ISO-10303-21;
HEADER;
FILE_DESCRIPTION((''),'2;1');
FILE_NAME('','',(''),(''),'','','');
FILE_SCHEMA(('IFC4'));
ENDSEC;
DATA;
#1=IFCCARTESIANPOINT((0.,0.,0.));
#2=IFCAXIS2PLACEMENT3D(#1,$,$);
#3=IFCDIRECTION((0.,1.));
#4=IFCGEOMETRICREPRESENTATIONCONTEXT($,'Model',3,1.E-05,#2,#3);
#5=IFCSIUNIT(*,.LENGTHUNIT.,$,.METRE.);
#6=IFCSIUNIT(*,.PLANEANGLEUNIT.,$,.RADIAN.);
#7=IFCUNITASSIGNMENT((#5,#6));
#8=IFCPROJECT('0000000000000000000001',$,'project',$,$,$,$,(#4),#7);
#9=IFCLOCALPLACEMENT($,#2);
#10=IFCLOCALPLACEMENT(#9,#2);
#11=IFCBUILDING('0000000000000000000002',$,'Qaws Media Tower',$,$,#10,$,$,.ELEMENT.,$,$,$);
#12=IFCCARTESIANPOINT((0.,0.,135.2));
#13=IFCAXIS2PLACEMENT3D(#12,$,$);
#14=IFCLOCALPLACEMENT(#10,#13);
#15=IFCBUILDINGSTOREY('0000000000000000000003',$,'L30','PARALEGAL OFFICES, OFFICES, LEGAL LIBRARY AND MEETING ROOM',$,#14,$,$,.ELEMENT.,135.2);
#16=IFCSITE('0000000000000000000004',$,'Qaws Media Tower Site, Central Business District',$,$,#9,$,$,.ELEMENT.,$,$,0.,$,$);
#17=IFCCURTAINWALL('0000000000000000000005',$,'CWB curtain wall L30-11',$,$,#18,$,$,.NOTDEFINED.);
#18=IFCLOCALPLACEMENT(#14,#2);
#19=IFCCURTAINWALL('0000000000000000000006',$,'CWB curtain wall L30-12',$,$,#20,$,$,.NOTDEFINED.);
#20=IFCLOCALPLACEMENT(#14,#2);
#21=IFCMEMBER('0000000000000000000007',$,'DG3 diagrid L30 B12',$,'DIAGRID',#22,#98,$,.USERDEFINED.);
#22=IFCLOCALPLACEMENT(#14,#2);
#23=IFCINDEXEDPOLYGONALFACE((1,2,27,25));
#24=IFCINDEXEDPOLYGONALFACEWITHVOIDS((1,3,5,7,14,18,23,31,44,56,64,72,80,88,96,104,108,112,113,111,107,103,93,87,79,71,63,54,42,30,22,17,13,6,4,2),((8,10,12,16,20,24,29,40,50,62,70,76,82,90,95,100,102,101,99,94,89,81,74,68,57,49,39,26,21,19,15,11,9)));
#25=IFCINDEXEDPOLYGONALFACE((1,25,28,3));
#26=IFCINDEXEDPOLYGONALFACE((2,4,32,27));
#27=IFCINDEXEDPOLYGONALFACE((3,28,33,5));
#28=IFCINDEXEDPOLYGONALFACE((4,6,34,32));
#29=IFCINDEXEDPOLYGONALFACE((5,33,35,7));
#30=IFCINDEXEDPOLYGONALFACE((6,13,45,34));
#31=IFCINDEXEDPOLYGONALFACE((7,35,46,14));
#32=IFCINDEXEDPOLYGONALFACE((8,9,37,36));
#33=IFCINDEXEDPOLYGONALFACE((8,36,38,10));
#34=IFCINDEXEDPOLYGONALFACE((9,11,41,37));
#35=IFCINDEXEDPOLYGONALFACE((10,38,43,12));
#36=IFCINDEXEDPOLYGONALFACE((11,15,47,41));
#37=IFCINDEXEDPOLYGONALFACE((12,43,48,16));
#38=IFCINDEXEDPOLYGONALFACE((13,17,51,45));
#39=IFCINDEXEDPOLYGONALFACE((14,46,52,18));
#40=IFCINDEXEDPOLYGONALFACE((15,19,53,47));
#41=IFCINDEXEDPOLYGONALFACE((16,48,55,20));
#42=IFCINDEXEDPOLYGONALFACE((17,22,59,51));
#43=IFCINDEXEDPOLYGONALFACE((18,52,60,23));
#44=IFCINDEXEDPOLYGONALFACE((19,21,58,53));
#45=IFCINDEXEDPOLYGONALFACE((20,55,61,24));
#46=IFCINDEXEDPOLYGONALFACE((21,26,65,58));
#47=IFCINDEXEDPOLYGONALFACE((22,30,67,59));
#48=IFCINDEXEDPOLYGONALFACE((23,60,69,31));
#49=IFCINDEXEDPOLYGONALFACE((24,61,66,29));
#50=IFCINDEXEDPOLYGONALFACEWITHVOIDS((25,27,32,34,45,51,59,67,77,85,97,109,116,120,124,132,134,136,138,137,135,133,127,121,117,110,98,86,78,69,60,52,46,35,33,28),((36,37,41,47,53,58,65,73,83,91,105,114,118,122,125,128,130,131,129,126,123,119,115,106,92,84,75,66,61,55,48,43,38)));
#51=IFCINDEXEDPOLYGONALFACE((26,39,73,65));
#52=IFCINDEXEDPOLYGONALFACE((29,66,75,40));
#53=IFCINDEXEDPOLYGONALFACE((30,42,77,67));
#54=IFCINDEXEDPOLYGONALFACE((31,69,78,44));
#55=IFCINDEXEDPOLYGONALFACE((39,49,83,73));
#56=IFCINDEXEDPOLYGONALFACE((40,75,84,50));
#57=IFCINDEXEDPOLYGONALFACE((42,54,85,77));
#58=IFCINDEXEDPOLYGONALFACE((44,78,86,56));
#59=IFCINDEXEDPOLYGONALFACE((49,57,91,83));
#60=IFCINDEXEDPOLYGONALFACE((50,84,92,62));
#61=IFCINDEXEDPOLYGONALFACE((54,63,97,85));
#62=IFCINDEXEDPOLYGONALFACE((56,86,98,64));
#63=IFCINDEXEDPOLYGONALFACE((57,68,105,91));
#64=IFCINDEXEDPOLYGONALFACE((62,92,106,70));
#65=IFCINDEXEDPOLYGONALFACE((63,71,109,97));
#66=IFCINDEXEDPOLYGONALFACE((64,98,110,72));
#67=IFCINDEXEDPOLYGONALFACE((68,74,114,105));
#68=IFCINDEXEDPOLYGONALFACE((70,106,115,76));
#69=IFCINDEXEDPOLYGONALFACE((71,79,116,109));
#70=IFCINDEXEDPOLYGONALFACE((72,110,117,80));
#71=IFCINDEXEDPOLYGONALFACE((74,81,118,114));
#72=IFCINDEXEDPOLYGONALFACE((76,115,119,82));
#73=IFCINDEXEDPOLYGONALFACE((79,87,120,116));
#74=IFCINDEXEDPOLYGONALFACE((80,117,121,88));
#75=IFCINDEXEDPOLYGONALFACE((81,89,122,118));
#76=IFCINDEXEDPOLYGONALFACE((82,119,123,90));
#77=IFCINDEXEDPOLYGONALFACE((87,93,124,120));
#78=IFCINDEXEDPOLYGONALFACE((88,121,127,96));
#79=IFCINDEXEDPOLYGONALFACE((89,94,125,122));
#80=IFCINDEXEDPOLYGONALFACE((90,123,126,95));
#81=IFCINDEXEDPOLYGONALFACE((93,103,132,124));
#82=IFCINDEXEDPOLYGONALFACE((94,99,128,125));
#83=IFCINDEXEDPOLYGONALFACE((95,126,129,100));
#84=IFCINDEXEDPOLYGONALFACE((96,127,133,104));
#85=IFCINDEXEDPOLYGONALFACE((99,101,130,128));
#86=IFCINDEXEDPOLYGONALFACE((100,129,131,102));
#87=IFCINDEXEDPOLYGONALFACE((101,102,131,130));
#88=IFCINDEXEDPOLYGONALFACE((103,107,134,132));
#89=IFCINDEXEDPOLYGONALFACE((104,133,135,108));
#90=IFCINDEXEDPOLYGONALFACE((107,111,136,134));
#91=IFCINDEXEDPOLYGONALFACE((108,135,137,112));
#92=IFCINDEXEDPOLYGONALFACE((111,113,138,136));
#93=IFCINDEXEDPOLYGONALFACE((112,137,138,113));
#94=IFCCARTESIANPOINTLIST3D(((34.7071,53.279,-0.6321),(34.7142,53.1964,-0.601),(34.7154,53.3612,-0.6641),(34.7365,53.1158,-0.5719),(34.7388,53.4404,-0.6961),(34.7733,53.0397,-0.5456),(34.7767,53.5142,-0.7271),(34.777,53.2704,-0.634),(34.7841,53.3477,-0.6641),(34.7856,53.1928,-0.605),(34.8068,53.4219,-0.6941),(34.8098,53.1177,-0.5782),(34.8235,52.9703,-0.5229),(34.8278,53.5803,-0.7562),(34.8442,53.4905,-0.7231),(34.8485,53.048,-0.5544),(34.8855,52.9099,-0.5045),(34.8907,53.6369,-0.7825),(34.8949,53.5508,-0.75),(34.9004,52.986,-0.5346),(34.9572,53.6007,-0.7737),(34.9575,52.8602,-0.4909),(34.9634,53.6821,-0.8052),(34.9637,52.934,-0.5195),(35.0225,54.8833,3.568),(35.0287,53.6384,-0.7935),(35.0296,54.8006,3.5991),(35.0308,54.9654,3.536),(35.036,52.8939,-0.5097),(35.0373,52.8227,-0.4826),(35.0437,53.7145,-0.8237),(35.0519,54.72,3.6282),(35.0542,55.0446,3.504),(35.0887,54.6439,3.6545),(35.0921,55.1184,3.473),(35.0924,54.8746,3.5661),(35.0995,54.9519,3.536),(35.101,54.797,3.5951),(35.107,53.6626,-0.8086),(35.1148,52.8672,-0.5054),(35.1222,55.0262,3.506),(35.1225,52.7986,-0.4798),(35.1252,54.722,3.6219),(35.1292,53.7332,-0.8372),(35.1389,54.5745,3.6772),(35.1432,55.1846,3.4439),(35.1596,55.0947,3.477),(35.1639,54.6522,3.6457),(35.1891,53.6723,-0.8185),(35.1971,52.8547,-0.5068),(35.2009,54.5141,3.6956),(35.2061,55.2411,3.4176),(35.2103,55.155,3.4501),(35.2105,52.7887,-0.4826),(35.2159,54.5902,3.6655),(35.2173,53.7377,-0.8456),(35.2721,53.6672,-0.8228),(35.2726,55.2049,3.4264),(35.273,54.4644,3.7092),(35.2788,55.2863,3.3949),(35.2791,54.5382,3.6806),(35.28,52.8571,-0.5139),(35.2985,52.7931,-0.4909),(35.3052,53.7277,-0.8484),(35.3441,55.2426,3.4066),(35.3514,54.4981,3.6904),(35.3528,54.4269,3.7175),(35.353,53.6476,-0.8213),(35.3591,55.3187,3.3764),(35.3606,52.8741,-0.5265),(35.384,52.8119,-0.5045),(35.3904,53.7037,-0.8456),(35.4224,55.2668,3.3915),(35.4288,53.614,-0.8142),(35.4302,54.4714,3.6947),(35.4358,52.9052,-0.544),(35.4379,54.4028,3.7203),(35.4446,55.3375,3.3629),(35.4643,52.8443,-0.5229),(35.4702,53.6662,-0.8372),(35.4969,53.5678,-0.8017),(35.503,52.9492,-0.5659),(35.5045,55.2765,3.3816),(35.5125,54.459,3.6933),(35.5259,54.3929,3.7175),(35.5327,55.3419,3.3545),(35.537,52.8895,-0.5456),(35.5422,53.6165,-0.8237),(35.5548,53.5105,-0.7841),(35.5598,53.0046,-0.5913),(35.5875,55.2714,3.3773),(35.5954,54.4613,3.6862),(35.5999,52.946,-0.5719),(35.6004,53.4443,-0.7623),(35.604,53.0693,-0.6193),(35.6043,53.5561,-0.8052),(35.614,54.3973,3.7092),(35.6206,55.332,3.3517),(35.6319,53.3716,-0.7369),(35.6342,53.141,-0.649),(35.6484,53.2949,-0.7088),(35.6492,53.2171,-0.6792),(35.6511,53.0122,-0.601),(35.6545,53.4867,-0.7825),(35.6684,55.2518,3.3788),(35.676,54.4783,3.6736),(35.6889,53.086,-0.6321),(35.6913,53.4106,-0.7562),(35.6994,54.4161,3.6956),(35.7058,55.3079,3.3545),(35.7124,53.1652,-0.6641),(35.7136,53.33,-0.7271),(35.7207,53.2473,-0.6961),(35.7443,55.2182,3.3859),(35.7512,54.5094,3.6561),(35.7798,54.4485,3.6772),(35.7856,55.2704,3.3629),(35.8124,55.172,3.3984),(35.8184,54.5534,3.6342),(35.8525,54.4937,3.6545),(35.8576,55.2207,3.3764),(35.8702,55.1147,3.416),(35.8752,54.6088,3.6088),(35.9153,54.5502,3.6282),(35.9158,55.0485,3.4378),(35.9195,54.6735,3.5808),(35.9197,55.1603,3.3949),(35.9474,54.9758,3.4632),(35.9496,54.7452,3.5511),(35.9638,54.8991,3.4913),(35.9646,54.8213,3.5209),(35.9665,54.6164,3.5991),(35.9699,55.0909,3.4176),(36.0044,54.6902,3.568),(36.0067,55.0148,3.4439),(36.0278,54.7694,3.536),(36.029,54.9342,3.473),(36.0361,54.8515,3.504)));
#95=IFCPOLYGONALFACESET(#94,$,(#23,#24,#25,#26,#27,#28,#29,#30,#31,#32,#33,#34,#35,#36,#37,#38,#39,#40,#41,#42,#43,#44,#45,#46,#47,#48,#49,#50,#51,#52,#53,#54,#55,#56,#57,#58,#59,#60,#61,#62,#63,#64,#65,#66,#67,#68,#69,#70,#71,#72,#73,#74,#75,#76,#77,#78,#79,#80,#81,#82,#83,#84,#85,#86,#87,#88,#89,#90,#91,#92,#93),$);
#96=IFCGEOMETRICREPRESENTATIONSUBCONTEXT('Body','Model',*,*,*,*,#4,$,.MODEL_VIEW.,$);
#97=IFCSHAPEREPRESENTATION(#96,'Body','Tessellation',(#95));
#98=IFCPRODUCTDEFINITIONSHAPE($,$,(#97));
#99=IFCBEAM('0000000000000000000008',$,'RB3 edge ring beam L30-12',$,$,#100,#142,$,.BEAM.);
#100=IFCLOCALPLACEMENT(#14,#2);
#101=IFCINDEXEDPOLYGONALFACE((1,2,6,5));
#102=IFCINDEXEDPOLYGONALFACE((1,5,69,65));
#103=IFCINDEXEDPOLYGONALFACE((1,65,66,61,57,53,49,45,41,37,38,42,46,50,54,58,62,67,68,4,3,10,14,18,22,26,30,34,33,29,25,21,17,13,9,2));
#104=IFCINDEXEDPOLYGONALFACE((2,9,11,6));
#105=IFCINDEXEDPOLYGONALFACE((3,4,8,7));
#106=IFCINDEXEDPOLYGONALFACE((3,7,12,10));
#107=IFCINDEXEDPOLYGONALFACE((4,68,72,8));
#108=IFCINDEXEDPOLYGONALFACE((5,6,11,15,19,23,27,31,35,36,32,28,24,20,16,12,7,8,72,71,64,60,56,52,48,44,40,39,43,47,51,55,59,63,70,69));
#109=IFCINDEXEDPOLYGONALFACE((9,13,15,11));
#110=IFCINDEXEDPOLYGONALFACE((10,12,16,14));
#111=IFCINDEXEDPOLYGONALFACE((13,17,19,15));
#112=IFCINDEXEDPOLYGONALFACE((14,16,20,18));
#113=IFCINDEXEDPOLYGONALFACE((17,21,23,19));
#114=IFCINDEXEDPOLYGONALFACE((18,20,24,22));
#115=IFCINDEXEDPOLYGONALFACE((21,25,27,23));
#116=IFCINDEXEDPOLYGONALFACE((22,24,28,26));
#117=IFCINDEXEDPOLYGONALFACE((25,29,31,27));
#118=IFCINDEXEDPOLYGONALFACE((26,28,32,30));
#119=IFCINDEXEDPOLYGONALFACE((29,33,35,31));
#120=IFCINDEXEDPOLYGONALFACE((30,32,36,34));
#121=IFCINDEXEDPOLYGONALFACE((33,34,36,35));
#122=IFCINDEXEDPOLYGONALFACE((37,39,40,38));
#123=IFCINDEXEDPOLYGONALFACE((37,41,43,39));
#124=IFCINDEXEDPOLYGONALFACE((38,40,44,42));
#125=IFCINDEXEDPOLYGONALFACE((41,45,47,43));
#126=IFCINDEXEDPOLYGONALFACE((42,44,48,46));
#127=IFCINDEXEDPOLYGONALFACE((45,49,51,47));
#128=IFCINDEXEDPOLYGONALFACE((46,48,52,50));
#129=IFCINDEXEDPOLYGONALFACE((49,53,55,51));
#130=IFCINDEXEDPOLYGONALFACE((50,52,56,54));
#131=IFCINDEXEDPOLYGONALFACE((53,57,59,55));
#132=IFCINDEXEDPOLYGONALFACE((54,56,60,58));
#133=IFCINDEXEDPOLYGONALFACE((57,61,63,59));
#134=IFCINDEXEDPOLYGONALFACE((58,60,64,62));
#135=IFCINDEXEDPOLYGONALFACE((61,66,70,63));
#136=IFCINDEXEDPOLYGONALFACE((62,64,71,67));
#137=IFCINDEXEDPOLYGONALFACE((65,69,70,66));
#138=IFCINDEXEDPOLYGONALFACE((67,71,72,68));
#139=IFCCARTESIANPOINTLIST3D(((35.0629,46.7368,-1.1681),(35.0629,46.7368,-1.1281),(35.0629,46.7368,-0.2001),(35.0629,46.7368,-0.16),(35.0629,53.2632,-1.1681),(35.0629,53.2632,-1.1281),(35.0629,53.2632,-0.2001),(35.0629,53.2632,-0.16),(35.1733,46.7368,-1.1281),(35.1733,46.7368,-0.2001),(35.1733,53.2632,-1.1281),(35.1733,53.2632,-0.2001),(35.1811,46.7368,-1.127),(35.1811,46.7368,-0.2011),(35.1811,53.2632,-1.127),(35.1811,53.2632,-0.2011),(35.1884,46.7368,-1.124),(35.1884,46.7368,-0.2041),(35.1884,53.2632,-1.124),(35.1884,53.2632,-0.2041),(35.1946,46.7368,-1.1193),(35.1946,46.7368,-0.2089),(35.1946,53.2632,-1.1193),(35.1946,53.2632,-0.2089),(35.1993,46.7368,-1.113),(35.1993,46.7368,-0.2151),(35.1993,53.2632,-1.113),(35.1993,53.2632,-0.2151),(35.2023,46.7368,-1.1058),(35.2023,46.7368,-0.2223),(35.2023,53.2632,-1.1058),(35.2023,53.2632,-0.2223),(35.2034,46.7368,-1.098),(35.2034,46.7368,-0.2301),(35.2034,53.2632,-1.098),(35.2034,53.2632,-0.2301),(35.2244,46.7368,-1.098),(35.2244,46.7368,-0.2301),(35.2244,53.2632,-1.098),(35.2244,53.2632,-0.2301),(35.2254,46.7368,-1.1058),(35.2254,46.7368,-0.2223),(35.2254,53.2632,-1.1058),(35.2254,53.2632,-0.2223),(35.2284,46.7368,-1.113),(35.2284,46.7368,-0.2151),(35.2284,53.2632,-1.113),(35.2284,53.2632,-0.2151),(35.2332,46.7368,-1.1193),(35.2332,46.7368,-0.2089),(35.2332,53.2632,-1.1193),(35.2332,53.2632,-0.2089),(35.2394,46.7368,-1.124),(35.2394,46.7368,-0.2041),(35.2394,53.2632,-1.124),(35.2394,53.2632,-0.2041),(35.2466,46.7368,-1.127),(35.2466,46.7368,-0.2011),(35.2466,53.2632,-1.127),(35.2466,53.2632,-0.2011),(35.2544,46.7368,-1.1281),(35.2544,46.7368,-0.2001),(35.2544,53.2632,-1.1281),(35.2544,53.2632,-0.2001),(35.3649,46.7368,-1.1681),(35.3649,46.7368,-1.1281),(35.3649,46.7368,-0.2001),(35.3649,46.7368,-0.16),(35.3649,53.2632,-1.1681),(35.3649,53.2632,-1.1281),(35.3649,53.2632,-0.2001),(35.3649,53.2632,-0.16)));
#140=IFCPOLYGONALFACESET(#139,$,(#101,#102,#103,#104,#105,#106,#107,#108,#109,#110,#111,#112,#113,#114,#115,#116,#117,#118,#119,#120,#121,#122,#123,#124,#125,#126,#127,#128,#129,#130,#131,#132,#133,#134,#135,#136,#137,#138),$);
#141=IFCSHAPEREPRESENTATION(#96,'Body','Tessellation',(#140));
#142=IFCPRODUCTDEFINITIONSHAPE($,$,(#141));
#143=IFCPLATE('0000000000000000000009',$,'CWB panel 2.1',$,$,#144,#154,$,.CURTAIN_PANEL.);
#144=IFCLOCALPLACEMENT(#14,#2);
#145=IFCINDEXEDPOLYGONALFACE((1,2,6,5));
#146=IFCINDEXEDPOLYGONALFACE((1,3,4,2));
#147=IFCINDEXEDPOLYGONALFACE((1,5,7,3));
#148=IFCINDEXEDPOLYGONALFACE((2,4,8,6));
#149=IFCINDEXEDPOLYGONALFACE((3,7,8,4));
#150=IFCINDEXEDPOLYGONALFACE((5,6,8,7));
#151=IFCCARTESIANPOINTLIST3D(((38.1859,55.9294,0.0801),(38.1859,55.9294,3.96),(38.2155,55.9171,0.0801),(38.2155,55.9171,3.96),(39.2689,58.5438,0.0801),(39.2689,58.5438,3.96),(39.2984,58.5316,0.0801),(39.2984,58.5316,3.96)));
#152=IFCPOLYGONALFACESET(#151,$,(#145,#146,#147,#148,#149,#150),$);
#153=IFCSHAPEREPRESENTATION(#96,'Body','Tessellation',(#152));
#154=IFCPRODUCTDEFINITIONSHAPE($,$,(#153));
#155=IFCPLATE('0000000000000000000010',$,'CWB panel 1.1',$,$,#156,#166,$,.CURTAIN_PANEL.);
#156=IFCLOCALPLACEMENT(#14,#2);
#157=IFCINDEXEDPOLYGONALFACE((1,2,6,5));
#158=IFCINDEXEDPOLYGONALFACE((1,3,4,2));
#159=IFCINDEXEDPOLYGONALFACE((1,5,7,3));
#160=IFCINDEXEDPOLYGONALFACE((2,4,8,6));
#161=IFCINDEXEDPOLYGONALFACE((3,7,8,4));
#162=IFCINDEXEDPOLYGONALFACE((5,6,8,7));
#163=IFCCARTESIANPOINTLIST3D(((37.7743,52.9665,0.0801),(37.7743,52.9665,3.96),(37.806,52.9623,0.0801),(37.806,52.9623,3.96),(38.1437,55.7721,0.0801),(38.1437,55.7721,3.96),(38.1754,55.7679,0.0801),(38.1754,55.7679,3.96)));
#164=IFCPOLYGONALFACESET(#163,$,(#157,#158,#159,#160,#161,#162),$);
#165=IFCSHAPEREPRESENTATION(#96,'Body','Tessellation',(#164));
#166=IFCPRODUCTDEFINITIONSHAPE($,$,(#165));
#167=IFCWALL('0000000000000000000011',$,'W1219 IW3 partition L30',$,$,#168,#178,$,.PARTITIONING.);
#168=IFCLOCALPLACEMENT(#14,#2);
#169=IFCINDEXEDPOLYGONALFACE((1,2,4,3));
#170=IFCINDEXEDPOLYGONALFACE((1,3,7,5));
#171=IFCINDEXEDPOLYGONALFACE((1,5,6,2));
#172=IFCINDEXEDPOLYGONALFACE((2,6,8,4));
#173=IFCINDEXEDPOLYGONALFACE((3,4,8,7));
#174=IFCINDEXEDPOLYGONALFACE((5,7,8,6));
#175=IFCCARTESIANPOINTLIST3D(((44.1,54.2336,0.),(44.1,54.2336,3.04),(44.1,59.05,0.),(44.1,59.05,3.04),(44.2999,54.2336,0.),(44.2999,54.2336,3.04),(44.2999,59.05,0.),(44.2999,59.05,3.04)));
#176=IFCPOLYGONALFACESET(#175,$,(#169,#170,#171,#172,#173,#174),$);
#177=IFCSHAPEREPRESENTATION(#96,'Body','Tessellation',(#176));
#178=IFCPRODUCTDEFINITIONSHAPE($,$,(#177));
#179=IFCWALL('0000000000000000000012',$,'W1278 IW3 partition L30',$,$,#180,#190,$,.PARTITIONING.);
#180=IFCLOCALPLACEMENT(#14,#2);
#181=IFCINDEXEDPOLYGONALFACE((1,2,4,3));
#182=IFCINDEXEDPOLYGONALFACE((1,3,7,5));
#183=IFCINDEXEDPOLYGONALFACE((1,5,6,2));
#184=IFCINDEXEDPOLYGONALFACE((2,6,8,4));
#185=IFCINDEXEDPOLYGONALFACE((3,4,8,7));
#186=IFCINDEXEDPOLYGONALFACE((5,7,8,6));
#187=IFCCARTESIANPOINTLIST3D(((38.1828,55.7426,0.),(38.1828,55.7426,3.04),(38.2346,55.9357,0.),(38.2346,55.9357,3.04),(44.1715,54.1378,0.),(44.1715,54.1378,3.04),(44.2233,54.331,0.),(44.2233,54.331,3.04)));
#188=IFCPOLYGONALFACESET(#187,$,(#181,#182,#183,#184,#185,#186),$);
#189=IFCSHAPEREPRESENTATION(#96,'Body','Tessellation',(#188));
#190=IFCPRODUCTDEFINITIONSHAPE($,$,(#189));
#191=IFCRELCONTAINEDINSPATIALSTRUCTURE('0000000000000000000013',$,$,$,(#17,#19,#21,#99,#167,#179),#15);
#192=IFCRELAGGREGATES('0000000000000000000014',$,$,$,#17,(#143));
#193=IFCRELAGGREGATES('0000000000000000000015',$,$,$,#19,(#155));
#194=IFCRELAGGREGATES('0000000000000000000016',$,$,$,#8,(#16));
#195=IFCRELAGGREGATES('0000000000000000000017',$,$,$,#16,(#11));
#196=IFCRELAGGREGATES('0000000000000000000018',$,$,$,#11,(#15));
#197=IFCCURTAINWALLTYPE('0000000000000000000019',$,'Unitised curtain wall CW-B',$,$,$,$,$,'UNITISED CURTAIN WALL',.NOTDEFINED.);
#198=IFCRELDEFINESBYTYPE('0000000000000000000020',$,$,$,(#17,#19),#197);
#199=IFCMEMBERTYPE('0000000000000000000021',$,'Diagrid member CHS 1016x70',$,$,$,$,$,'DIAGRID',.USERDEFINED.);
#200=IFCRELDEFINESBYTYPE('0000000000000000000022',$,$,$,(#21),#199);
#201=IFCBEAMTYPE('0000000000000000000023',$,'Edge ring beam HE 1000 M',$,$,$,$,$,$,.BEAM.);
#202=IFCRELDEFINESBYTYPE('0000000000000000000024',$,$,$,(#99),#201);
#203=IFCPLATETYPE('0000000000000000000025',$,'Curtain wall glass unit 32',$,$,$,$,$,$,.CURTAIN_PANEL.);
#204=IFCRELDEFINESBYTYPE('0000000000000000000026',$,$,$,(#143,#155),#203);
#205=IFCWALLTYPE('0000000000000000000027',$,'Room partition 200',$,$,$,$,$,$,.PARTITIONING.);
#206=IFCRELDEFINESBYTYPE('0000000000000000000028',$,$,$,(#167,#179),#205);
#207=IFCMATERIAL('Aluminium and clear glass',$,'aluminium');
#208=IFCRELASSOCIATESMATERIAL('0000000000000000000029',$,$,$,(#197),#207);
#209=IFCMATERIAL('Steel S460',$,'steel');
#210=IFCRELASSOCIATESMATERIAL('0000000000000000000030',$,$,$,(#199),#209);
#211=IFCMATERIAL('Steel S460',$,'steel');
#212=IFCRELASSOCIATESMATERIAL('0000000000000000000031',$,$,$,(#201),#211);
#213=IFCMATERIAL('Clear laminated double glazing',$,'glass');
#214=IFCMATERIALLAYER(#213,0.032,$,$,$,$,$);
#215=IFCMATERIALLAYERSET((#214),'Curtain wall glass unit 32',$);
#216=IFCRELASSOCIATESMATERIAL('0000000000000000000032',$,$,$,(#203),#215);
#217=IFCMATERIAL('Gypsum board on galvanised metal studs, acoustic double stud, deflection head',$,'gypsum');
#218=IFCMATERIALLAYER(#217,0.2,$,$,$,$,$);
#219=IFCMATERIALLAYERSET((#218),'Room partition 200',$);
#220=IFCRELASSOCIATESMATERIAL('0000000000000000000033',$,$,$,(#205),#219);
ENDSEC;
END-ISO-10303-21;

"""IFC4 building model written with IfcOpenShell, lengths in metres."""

from ifc_helpers import new_model, si_unit, direction, frame, frame_2d, origin, origin_2d, place, context, subcontext, project, spatial, rectangle, hollow_circle, i_section, extrude, material, layer, layer_set, material_profile, profile_set, type_object, element, aggregate, save


model = new_model("IFC4")

# Units and contexts
model_context = context("Model", 3, precision=1e-05, world=origin(), true_north=direction((0.0, 1.0)))
body_context = subcontext(model_context, "Body", "Model", "MODEL_VIEW")
ifc_project = project(units=[si_unit("LENGTHUNIT", "METRE"), si_unit("PLANEANGLEUNIT", "RADIAN")], contexts=[model_context])

# Site, building, storey
site_placement = place(None, origin())
site = spatial("IfcSite", under=ifc_project, at=site_placement, Name="Qaws Media Tower Site, Central Business District", CompositionType="ELEMENT", RefElevation=0.0)
building_placement = place(site_placement, origin())
building = spatial("IfcBuilding", under=site, at=building_placement, Name="Qaws Media Tower", CompositionType="ELEMENT")
storey_placement = place(building_placement, frame((0.0, 0.0, 135.2)))
storey = spatial("IfcBuildingStorey", under=building, at=storey_placement, Name="L30", Description="PARALEGAL OFFICES, OFFICES, LEGAL LIBRARY AND MEETING ROOM", CompositionType="ELEMENT", Elevation=135.2)

# Curtain wall
ifc_material_1 = material(Name="Aluminium and clear glass", Category="aluminium")
curtain_wall_type = type_object("IfcCurtainWallType", Name="Unitised curtain wall CW-B", ElementType="UNITISED CURTAIN WALL", PredefinedType="NOTDEFINED", material=ifc_material_1)
curtain_wall_1_placement = place(storey_placement, origin())
curtain_wall_1 = element("IfcCurtainWall", 1, at=curtain_wall_1_placement, inside=storey, type_object=curtain_wall_type, Name="CWB curtain wall L30-11", PredefinedType="NOTDEFINED")

# Curtain wall
curtain_wall_2_placement = place(storey_placement, origin())
curtain_wall_2 = element("IfcCurtainWall", 2, at=curtain_wall_2_placement, inside=storey, type_object=curtain_wall_type, Name="CWB curtain wall L30-12", PredefinedType="NOTDEFINED")

# Member
ifc_material_2 = material(Name="Steel S460", Category="steel")
ifc_material_profile_1 = material_profile(ifc_material_2, hollow_circle(Radius=0.5081, WallThickness=0.0701, at=origin_2d()), Name="CHS 1016x70")
ifc_profile_set_1 = profile_set([ifc_material_profile_1], Name="Steel S460")
member_type_1 = type_object("IfcMemberType", Name="Diagrid member CHS 1016x70", ElementType="DIAGRID", PredefinedType="USERDEFINED", material=ifc_profile_set_1)
member_1_placement = place(storey_placement, frame((35.2139, 53.2632, -0.6641), z_axis=(0.069984, 0.355931, 0.931888), x_axis=(-0.981213, 0.192928, 0.0)))
element("IfcMember", 3, at=member_1_placement, inside=storey, type_object=member_type_1, Name="DG3 diagrid L30 B12", ObjectType="DIAGRID", PredefinedType="USERDEFINED", context=body_context, shape_type="SweptSolid", body=[
    extrude(hollow_circle(Radius=0.5081, WallThickness=0.0701, at=origin_2d()), origin(), (0.0, 0.0, 1.0), 4.5071),
])

# Beam
ifc_material_3 = material(Name="Steel S460", Category="steel")
ifc_material_profile_2 = material_profile(ifc_material_3, i_section(OverallWidth=0.302, OverallDepth=1.0081, WebThickness=0.021, FlangeThickness=0.04, FilletRadius=0.03, at=origin_2d()), Name="HE 1000 M")
ifc_profile_set_2 = profile_set([ifc_material_profile_2], Name="Steel S460")
beam_type = type_object("IfcBeamType", Name="Edge ring beam HE 1000 M", PredefinedType="BEAM", material=ifc_profile_set_2)
beam_placement = place(storey_placement, frame((35.2139, 53.2632, -0.6641), z_axis=(0.0, -1.0, 0.0), x_axis=(1.0, 0.0, 0.0)))
element("IfcBeam", 4, at=beam_placement, inside=storey, type_object=beam_type, Name="RB3 edge ring beam L30-12", PredefinedType="BEAM", context=body_context, shape_type="SweptSolid", body=[
    extrude(i_section(OverallWidth=0.302, OverallDepth=1.0081, WebThickness=0.021, FlangeThickness=0.04, FilletRadius=0.03, at=origin_2d()), origin(), (0.0, 0.0, 1.0), 6.5264),
])

# Plates
ifc_material_4 = material(Name="Clear laminated double glazing", Category="glass")
ifc_layer_1 = layer(ifc_material_4, 0.032)
ifc_layer_set_1 = layer_set([ifc_layer_1], Name="Curtain wall glass unit 32")
plate_type = type_object("IfcPlateType", Name="Curtain wall glass unit 32", PredefinedType="CURTAIN_PANEL", material=ifc_layer_set_1)
plate_1_placement = place(storey_placement, frame((38.7422, 57.2305, 0.0801), z_axis=(0.0, 0.0, 1.0), x_axis=(-0.382683, -0.92388, 0.0)))
plate_1 = element("IfcPlate", 5, at=plate_1_placement, type_object=plate_type, Name="CWB panel 2.1", PredefinedType="CURTAIN_PANEL", context=body_context, shape_type="SweptSolid", body=[
    extrude(rectangle(XDim=2.8298, YDim=0.032, at=origin_2d()), origin(), (0.0, 0.0, 1.0), 3.8799),
])
aggregate(curtain_wall_1, [plate_1])
plate_2_placement = place(storey_placement, frame((37.9749, 54.3672, 0.0801), z_axis=(0.0, 0.0, 1.0), x_axis=(-0.130526, -0.991445, 0.0)))
plate_2 = element("IfcPlate", 6, at=plate_2_placement, type_object=plate_type, Name="CWB panel 1.1", PredefinedType="CURTAIN_PANEL", context=body_context, shape_type="SweptSolid", body=[
    extrude(rectangle(XDim=2.8298, YDim=0.032, at=origin_2d()), origin(), (0.0, 0.0, 1.0), 3.8799),
])
aggregate(curtain_wall_2, [plate_2])

# Walls
ifc_material_5 = material(Name="Gypsum board on galvanised metal studs, acoustic double stud, deflection head", Category="gypsum")
ifc_layer_2 = layer(ifc_material_5, 0.2)
ifc_layer_set_2 = layer_set([ifc_layer_2], Name="Room partition 200")
wall_type = type_object("IfcWallType", Name="Room partition 200", PredefinedType="PARTITIONING", material=ifc_layer_set_2)
wall_1_placement = place(storey_placement, frame((44.2, 54.2336, 0.0), z_axis=(0.0, 0.0, 1.0), x_axis=(0.0, 1.0, 0.0)))
element("IfcWall", 7, at=wall_1_placement, inside=storey, type_object=wall_type, Name="W1219 IW3 partition L30", PredefinedType="PARTITIONING", context=body_context, shape_type="SweptSolid", body=[
    extrude(rectangle(XDim=4.8164, YDim=0.2, at=frame_2d((2.4082, 0.0))), origin(), (0.0, 0.0, 1.0), 3.04),
])
wall_2_placement = place(storey_placement, frame((44.1975, 54.2344, 0.0), z_axis=(0.0, 0.0, 1.0), x_axis=(-0.965924, 0.258827, 0.0)))
element("IfcWall", 8, at=wall_2_placement, inside=storey, type_object=wall_type, Name="W1278 IW3 partition L30", PredefinedType="PARTITIONING", context=body_context, shape_type="SweptSolid", body=[
    extrude(rectangle(XDim=6.2, YDim=0.2, at=frame_2d((3.1001, 0.0))), origin(), (0.0, 0.0, 1.0), 3.04),
])

save(model, "model.ifc")
